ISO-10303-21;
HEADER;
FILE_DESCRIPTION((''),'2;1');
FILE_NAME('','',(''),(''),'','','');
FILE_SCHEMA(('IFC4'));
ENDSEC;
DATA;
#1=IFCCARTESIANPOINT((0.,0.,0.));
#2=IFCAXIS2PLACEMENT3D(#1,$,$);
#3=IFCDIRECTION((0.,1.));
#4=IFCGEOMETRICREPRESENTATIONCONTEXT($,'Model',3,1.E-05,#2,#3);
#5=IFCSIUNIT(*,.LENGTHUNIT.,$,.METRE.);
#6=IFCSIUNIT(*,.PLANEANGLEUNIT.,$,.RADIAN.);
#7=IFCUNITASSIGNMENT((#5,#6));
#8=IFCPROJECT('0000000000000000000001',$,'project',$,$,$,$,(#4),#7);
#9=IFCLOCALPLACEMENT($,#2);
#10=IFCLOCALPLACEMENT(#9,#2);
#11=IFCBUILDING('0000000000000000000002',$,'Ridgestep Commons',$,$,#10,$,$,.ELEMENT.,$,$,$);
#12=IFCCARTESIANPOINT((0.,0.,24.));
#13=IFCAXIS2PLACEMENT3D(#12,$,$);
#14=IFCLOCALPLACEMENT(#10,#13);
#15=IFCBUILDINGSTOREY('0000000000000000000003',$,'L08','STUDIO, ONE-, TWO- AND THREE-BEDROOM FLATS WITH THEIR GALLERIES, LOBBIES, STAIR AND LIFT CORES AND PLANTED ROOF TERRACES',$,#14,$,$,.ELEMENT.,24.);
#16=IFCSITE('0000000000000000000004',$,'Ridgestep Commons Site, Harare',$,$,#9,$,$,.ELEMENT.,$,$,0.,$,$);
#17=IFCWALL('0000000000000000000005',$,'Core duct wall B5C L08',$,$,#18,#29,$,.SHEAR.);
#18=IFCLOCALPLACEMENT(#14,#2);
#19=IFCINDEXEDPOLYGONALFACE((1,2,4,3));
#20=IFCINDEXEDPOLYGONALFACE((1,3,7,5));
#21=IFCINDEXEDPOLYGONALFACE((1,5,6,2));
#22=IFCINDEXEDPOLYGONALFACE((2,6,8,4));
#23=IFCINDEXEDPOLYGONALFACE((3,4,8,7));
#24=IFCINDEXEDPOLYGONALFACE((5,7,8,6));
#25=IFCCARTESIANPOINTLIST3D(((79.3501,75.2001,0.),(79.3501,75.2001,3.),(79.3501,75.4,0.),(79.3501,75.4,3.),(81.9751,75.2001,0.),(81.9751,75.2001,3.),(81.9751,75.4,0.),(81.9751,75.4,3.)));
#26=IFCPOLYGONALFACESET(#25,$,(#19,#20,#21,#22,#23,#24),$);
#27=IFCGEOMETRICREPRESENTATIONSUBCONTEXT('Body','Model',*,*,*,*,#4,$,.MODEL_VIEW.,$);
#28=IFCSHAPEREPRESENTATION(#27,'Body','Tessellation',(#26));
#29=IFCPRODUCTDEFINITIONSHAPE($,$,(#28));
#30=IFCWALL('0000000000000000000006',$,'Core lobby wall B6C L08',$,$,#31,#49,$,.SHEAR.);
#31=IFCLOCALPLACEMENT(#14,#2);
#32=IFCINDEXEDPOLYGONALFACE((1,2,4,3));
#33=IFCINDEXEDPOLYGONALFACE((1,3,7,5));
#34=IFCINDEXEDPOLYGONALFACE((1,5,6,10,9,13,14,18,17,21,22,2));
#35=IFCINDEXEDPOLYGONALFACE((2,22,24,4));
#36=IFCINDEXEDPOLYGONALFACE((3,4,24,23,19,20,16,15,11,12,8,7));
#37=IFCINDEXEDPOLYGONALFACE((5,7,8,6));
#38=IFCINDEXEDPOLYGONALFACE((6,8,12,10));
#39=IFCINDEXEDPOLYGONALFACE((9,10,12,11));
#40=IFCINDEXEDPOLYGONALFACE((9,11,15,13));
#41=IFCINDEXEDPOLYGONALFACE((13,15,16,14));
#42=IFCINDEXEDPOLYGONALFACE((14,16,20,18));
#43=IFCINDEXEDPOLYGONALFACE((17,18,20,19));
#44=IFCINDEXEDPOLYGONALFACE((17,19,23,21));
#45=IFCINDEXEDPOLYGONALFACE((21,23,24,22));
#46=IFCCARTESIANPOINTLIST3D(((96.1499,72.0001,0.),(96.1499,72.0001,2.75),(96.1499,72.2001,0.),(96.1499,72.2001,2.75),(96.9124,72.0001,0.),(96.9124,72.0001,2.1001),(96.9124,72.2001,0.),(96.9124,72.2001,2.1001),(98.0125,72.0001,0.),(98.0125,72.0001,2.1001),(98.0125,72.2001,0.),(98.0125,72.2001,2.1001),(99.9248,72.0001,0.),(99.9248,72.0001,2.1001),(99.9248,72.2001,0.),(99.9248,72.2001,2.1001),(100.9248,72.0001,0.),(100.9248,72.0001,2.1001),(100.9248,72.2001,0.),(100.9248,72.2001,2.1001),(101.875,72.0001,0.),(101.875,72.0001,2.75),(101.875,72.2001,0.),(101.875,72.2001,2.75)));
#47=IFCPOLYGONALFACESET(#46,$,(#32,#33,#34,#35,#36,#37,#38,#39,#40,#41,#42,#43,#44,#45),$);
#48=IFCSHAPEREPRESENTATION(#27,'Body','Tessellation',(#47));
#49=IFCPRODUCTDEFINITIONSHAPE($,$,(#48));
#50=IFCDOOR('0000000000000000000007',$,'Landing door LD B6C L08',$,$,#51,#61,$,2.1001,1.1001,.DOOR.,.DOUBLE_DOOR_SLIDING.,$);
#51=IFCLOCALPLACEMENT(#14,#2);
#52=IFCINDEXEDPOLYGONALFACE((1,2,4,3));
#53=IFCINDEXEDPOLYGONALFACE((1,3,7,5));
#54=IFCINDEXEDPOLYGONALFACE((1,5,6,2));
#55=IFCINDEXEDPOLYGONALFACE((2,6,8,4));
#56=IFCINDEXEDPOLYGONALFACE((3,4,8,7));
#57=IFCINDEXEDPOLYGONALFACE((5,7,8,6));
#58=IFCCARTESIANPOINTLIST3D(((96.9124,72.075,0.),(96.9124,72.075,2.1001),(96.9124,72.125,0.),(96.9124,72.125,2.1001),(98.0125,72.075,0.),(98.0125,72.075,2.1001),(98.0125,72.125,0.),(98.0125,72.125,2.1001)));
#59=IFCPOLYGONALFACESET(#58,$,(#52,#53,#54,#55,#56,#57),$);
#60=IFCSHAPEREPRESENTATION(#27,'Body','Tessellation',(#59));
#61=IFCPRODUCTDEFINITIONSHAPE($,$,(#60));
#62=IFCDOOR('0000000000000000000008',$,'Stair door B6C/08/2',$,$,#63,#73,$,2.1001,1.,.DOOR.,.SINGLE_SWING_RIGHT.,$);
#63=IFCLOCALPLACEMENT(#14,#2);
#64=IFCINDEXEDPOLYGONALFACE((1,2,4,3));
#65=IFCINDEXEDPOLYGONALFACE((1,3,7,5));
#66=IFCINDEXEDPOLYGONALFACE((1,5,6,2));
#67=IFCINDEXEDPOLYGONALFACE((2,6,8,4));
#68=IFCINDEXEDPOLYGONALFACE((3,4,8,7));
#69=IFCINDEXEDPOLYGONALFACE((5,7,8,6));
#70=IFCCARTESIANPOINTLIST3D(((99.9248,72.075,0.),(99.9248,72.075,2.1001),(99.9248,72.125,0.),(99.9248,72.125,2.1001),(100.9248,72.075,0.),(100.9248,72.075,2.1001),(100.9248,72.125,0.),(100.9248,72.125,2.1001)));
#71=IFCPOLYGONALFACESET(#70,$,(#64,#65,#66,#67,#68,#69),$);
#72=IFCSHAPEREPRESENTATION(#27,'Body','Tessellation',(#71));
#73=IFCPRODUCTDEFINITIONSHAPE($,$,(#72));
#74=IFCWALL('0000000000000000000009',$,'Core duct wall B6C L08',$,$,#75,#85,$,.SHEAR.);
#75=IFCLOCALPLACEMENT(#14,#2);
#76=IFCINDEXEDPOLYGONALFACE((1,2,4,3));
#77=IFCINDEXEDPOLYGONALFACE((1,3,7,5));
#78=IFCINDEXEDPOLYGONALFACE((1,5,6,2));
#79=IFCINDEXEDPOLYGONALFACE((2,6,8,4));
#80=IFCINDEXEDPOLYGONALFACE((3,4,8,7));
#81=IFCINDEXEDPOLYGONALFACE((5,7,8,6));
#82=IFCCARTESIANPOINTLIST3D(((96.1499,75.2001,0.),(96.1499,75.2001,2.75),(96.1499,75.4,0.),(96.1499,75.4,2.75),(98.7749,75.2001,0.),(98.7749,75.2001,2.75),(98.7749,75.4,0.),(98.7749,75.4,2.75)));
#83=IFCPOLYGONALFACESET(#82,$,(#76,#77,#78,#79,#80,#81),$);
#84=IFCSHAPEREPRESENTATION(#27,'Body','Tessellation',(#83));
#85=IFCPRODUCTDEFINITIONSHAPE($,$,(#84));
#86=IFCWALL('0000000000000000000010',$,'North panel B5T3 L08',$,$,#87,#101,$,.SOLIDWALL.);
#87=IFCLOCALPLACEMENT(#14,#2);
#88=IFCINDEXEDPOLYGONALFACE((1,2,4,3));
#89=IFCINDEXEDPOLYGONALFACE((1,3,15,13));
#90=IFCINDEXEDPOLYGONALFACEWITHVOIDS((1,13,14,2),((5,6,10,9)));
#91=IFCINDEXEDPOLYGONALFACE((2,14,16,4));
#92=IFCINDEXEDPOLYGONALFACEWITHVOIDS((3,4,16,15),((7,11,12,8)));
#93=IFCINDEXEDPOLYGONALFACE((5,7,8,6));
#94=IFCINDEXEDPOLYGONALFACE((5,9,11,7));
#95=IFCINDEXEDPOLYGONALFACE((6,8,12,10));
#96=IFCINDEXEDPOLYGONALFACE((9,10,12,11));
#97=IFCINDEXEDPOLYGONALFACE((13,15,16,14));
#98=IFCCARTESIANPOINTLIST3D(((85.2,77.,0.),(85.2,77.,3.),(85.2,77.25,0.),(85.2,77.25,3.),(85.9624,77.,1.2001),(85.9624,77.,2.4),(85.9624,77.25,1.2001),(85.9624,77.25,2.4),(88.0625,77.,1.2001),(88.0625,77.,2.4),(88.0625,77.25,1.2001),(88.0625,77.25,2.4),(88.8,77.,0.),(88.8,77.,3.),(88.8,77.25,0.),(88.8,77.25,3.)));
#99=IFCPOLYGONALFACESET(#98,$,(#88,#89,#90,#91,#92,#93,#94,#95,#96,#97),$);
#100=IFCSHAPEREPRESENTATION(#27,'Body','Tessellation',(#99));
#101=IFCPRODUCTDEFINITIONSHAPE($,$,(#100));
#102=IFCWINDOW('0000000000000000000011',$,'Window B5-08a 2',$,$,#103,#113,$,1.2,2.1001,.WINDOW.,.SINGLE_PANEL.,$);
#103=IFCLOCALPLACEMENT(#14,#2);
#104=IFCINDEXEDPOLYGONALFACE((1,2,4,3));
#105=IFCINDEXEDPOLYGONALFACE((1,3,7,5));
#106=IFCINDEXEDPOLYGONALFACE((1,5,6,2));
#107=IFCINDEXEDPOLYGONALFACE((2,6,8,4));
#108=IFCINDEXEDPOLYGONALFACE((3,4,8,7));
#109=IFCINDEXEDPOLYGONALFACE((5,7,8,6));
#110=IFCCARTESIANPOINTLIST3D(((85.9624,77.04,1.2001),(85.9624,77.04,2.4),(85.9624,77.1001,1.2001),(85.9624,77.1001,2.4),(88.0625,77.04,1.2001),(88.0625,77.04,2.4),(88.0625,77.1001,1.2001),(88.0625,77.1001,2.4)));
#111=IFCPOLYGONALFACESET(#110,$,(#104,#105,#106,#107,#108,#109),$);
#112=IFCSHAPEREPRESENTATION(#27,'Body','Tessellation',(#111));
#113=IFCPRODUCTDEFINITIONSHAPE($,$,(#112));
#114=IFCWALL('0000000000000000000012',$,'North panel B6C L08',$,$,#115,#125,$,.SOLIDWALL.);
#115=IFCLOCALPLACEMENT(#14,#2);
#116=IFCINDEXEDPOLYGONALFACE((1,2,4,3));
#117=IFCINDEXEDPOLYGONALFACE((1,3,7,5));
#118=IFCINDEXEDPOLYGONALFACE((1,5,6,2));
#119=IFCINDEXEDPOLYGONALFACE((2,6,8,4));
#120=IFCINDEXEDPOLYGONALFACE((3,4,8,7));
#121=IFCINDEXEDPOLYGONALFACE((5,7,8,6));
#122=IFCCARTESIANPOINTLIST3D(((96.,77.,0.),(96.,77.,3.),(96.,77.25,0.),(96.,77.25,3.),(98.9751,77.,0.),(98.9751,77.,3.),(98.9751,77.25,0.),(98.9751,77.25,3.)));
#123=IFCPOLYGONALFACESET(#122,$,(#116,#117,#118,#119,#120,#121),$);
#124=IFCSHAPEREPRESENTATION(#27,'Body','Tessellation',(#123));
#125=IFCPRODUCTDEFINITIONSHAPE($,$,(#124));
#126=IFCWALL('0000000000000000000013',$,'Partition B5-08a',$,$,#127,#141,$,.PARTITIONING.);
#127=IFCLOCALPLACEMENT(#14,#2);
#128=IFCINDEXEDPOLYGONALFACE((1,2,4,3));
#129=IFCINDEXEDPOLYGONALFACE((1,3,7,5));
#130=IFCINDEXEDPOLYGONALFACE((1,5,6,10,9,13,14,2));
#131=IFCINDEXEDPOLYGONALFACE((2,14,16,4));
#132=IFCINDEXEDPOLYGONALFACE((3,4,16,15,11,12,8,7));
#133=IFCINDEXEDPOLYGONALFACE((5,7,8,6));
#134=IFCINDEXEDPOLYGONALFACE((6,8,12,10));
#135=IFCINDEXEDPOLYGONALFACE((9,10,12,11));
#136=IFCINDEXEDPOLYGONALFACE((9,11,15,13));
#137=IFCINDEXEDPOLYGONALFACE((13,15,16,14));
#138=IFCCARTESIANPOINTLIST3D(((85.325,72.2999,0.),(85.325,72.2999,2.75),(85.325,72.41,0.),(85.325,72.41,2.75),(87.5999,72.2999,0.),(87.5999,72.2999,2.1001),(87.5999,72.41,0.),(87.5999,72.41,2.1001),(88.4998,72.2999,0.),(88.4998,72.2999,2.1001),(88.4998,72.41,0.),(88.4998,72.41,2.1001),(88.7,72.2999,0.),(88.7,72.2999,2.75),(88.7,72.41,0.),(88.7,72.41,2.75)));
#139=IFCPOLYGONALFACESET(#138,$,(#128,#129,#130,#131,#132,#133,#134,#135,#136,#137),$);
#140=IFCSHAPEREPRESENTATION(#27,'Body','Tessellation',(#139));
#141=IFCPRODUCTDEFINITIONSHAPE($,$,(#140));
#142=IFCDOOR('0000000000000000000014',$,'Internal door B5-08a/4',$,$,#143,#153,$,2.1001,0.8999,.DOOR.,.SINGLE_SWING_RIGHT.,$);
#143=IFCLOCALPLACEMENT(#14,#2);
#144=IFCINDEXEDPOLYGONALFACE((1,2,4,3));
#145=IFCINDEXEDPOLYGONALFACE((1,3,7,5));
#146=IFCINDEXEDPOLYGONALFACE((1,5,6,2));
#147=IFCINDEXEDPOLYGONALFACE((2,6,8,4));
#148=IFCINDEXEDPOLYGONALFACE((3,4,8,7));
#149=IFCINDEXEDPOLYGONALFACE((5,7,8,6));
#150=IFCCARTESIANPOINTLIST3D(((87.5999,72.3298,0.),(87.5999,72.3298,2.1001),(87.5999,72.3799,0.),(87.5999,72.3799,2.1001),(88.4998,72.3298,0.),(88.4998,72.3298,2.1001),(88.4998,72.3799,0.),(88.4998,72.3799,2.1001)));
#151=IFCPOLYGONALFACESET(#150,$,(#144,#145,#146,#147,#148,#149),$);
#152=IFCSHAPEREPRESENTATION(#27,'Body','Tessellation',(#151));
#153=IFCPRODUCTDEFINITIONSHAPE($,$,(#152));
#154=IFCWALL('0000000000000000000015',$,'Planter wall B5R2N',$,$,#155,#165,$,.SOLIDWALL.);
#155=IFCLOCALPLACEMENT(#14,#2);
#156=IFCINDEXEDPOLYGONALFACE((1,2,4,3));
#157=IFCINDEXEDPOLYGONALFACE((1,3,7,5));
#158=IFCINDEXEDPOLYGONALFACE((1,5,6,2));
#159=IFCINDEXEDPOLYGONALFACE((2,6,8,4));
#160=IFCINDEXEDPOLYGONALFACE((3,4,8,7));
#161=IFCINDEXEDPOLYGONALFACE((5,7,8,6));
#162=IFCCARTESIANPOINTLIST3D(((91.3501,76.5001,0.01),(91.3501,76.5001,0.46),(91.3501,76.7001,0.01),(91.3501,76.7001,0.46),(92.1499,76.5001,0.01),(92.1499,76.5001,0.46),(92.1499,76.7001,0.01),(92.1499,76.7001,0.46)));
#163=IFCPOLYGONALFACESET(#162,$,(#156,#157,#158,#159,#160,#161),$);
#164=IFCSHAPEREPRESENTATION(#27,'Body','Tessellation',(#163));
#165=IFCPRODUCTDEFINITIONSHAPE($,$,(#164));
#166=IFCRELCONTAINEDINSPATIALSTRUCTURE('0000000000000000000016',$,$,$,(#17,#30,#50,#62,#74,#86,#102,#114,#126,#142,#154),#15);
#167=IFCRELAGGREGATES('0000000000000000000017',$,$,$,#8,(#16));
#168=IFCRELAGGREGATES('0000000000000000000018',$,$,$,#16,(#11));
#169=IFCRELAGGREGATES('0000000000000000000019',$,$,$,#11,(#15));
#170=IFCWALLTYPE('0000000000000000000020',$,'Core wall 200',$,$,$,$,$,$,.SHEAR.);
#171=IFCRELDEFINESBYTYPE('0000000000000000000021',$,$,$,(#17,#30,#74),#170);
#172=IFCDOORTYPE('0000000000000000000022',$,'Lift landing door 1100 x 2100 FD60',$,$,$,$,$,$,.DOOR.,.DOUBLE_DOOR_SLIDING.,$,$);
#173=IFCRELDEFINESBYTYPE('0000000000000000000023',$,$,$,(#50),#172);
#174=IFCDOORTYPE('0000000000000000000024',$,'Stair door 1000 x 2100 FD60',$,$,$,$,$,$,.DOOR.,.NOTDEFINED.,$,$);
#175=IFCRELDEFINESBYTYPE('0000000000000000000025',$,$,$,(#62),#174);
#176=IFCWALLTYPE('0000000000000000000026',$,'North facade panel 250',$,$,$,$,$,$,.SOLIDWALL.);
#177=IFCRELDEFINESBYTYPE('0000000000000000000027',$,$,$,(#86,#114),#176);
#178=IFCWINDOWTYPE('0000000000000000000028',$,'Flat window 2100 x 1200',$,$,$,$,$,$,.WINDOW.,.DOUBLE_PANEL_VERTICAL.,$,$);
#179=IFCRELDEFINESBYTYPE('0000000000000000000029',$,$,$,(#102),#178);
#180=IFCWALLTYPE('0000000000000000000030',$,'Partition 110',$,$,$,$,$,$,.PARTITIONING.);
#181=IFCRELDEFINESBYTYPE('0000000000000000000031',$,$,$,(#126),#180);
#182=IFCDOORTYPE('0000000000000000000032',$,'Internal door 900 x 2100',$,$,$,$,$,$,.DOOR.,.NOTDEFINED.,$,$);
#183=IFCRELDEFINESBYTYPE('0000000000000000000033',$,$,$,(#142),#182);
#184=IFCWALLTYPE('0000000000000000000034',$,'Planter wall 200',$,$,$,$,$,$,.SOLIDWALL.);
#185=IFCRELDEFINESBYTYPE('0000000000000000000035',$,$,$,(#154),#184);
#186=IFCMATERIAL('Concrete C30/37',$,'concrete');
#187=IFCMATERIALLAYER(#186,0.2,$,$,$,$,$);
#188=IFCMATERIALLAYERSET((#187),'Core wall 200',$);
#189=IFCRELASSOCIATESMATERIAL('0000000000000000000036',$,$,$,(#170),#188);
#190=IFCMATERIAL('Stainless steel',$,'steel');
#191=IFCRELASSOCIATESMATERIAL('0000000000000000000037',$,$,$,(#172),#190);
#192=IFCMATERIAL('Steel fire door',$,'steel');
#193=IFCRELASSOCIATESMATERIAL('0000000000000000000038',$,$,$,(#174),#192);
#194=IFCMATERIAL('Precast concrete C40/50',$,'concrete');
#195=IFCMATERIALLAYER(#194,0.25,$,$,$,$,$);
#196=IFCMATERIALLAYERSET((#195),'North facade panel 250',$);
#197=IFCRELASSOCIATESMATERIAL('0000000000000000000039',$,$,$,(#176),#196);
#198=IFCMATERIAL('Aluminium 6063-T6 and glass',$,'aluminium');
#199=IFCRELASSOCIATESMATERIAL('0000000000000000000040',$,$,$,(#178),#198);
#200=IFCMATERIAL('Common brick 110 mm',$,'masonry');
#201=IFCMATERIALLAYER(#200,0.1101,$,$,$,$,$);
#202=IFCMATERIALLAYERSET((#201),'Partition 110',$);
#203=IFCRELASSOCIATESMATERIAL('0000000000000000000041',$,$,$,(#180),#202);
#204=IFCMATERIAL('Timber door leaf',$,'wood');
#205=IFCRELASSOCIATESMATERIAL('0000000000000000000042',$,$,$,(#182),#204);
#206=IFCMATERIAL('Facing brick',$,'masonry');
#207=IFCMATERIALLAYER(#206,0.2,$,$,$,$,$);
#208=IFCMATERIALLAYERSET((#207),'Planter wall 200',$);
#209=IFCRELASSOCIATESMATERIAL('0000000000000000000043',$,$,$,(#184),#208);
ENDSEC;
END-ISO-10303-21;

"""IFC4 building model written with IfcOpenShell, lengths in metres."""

from ifc_helpers import new_model, si_unit, direction, frame, frame_2d, origin, place, context, subcontext, project, spatial, rectangle, extrude, material, layer, layer_set, type_object, element, fill, save


model = new_model("IFC4")

# Units and contexts
model_context = context("Model", 3, precision=1e-05, world=origin(), true_north=direction((0.0, 1.0)))
body_context = subcontext(model_context, "Body", "Model", "MODEL_VIEW")
ifc_project = project(units=[si_unit("LENGTHUNIT", "METRE"), si_unit("PLANEANGLEUNIT", "RADIAN")], contexts=[model_context])

# Site, building, storey
site_placement = place(None, origin())
site = spatial("IfcSite", under=ifc_project, at=site_placement, Name="Ridgestep Commons Site, Harare", CompositionType="ELEMENT", RefElevation=0.0)
building_placement = place(site_placement, origin())
building = spatial("IfcBuilding", under=site, at=building_placement, Name="Ridgestep Commons", CompositionType="ELEMENT")
storey_placement = place(building_placement, frame((0.0, 0.0, 24.0)))
storey = spatial("IfcBuildingStorey", under=building, at=storey_placement, Name="L08", Description="STUDIO, ONE-, TWO- AND THREE-BEDROOM FLATS WITH THEIR GALLERIES, LOBBIES, STAIR AND LIFT CORES AND PLANTED ROOF TERRACES", CompositionType="ELEMENT", Elevation=24.0)

# Wall
ifc_material_1 = material(Name="Concrete C30/37", Category="concrete")
ifc_layer_1 = layer(ifc_material_1, 0.2)
ifc_layer_set_1 = layer_set([ifc_layer_1], Name="Core wall 200")
wall_type_1 = type_object("IfcWallType", Name="Core wall 200", PredefinedType="SHEAR", material=ifc_layer_set_1)
wall_1_placement = place(storey_placement, frame((79.3501, 75.3, 0.0), z_axis=(0.0, 0.0, 1.0), x_axis=(1.0, 0.0, 0.0)))
element("IfcWall", 1, at=wall_1_placement, inside=storey, type_object=wall_type_1, Name="Core duct wall B5C L08", PredefinedType="SHEAR", context=body_context, shape_type="SweptSolid", body=[
    extrude(rectangle(XDim=2.625, YDim=0.2, at=frame_2d((1.3125, 0.0))), origin(), (0.0, 0.0, 1.0), 3.0),
])

# Wall, openings, doors
wall_2_placement = place(storey_placement, frame((96.1499, 72.1001, 0.0), z_axis=(0.0, 0.0, 1.0), x_axis=(1.0, 0.0, 0.0)))
wall_2 = element("IfcWall", 2, at=wall_2_placement, inside=storey, type_object=wall_type_1, Name="Core lobby wall B6C L08", PredefinedType="SHEAR", context=body_context, shape_type="SweptSolid", body=[
    extrude(rectangle(XDim=5.7251, YDim=0.2, at=frame_2d((2.8625, 0.0))), origin(), (0.0, 0.0, 1.0), 2.75),
])
opening_1_placement = place(wall_2_placement, frame((3.7749, 0.0, 0.0)))
opening_1 = element("IfcOpeningElement", 3, at=opening_1_placement, cuts=wall_2, PredefinedType="OPENING", context=body_context, shape_type="SweptSolid", body=[
    extrude(rectangle(XDim=1.0, YDim=2.1001, at=frame_2d((0.5, 1.05))), frame((0.0, 0.1099, 0.0), z_axis=(0.0, -1.0, 0.0), x_axis=(1.0, 0.0, 0.0)), (0.0, 0.0, 1.0), 0.22),
])
opening_2_placement = place(wall_2_placement, frame((0.7625, 0.0, 0.0)))
opening_2 = element("IfcOpeningElement", 4, at=opening_2_placement, cuts=wall_2, PredefinedType="OPENING", context=body_context, shape_type="SweptSolid", body=[
    extrude(rectangle(XDim=1.1001, YDim=2.1001, at=frame_2d((0.55, 1.05))), frame((0.0, 0.1099, 0.0), z_axis=(0.0, -1.0, 0.0), x_axis=(1.0, 0.0, 0.0)), (0.0, 0.0, 1.0), 0.22),
])
ifc_material_2 = material(Name="Stainless steel", Category="steel")
door_type_1 = type_object("IfcDoorType", Name="Lift landing door 1100 x 2100 FD60", OperationType="DOUBLE_DOOR_SLIDING", PredefinedType="DOOR", material=ifc_material_2)
door_1_placement = place(opening_2_placement, origin())
door_1 = element("IfcDoor", 5, at=door_1_placement, inside=storey, type_object=door_type_1, Name="Landing door LD B6C L08", OperationType="DOUBLE_DOOR_SLIDING", OverallHeight=2.1001, OverallWidth=1.1001, PredefinedType="DOOR", context=body_context, shape_type="SweptSolid", body=[
    extrude(rectangle(XDim=1.1001, YDim=2.1001, at=frame_2d((0.55, 1.05))), frame((0.0, 0.0249, 0.0), z_axis=(0.0, -1.0, 0.0), x_axis=(1.0, 0.0, 0.0)), (0.0, 0.0, 1.0), 0.05),
])
fill(opening_2, door_1)
ifc_material_3 = material(Name="Steel fire door", Category="steel")
door_type_2 = type_object("IfcDoorType", Name="Stair door 1000 x 2100 FD60", OperationType="NOTDEFINED", PredefinedType="DOOR", material=ifc_material_3)
door_2_placement = place(opening_1_placement, origin())
door_2 = element("IfcDoor", 6, at=door_2_placement, inside=storey, type_object=door_type_2, Name="Stair door B6C/08/2", OperationType="SINGLE_SWING_RIGHT", OverallHeight=2.1001, OverallWidth=1.0, PredefinedType="DOOR", context=body_context, shape_type="SweptSolid", body=[
    extrude(rectangle(XDim=1.0, YDim=2.1001, at=frame_2d((0.5, 1.05))), frame((0.0, 0.0249, 0.0), z_axis=(0.0, -1.0, 0.0), x_axis=(1.0, 0.0, 0.0)), (0.0, 0.0, 1.0), 0.05),
])
fill(opening_1, door_2)

# Wall
wall_3_placement = place(storey_placement, frame((96.1499, 75.3, 0.0), z_axis=(0.0, 0.0, 1.0), x_axis=(1.0, 0.0, 0.0)))
element("IfcWall", 7, at=wall_3_placement, inside=storey, type_object=wall_type_1, Name="Core duct wall B6C L08", PredefinedType="SHEAR", context=body_context, shape_type="SweptSolid", body=[
    extrude(rectangle(XDim=2.625, YDim=0.2, at=frame_2d((1.3125, 0.0))), origin(), (0.0, 0.0, 1.0), 2.75),
])

# Wall, opening, window
ifc_material_4 = material(Name="Precast concrete C40/50", Category="concrete")
ifc_layer_2 = layer(ifc_material_4, 0.25)
ifc_layer_set_2 = layer_set([ifc_layer_2], Name="North facade panel 250")
wall_type_2 = type_object("IfcWallType", Name="North facade panel 250", PredefinedType="SOLIDWALL", material=ifc_layer_set_2)
wall_4_placement = place(storey_placement, frame((85.2, 77.125, 0.0), z_axis=(0.0, 0.0, 1.0), x_axis=(1.0, 0.0, 0.0)))
wall_4 = element("IfcWall", 8, at=wall_4_placement, inside=storey, type_object=wall_type_2, Name="North panel B5T3 L08", PredefinedType="SOLIDWALL", context=body_context, shape_type="SweptSolid", body=[
    extrude(rectangle(XDim=3.6001, YDim=0.25, at=frame_2d((1.8, 0.0))), origin(), (0.0, 0.0, 1.0), 3.0),
])
opening_3_placement = place(wall_4_placement, frame((0.7625, 0.0, 1.2)))
opening_3 = element("IfcOpeningElement", 9, at=opening_3_placement, cuts=wall_4, PredefinedType="OPENING", context=body_context, shape_type="SweptSolid", body=[
    extrude(rectangle(XDim=2.1001, YDim=1.2, at=frame_2d((1.05, 0.6001))), frame((0.0, 0.135, 0.0), z_axis=(0.0, -1.0, 0.0), x_axis=(1.0, 0.0, 0.0)), (0.0, 0.0, 1.0), 0.27),
])
ifc_material_5 = material(Name="Aluminium 6063-T6 and glass", Category="aluminium")
window_type = type_object("IfcWindowType", Name="Flat window 2100 x 1200", PartitioningType="DOUBLE_PANEL_VERTICAL", PredefinedType="WINDOW", material=ifc_material_5)
window_placement = place(opening_3_placement, origin())
window = element("IfcWindow", 10, at=window_placement, inside=storey, type_object=window_type, Name="Window B5-08a 2", OverallHeight=1.2, OverallWidth=2.1001, PartitioningType="SINGLE_PANEL", PredefinedType="WINDOW", context=body_context, shape_type="SweptSolid", body=[
    extrude(rectangle(XDim=2.1001, YDim=1.2, at=frame_2d((1.05, 0.6001))), frame((0.0, -0.0249, 0.0), z_axis=(0.0, -1.0, 0.0), x_axis=(1.0, 0.0, 0.0)), (0.0, 0.0, 1.0), 0.0601),
])
fill(opening_3, window)

# Wall
wall_5_placement = place(storey_placement, frame((96.0, 77.125, 0.0), z_axis=(0.0, 0.0, 1.0), x_axis=(1.0, 0.0, 0.0)))
element("IfcWall", 11, at=wall_5_placement, inside=storey, type_object=wall_type_2, Name="North panel B6C L08", PredefinedType="SOLIDWALL", context=body_context, shape_type="SweptSolid", body=[
    extrude(rectangle(XDim=2.9751, YDim=0.25, at=frame_2d((1.4875, 0.0))), origin(), (0.0, 0.0, 1.0), 3.0),
])

# Wall, opening, door
ifc_material_6 = material(Name="Common brick 110 mm", Category="masonry")
ifc_layer_3 = layer(ifc_material_6, 0.1101)
ifc_layer_set_3 = layer_set([ifc_layer_3], Name="Partition 110")
wall_type_3 = type_object("IfcWallType", Name="Partition 110", PredefinedType="PARTITIONING", material=ifc_layer_set_3)
wall_6_placement = place(storey_placement, frame((85.325, 72.355, 0.0), z_axis=(0.0, 0.0, 1.0), x_axis=(1.0, 0.0, 0.0)))
wall_6 = element("IfcWall", 12, at=wall_6_placement, inside=storey, type_object=wall_type_3, Name="Partition B5-08a", PredefinedType="PARTITIONING", context=body_context, shape_type="SweptSolid", body=[
    extrude(rectangle(XDim=3.375, YDim=0.1101, at=frame_2d((1.6875, 0.0))), origin(), (0.0, 0.0, 1.0), 2.75),
])
opening_4_placement = place(wall_6_placement, frame((2.2749, 0.0, 0.0)))
opening_4 = element("IfcOpeningElement", 13, at=opening_4_placement, cuts=wall_6, PredefinedType="OPENING", context=body_context, shape_type="SweptSolid", body=[
    extrude(rectangle(XDim=0.8999, YDim=2.1001, at=frame_2d((0.45, 1.05))), frame((0.0, 0.0649, 0.0), z_axis=(0.0, -1.0, 0.0), x_axis=(1.0, 0.0, 0.0)), (0.0, 0.0, 1.0), 0.1301),
])
ifc_material_7 = material(Name="Timber door leaf", Category="wood")
door_type_3 = type_object("IfcDoorType", Name="Internal door 900 x 2100", OperationType="NOTDEFINED", PredefinedType="DOOR", material=ifc_material_7)
door_3_placement = place(opening_4_placement, origin())
door_3 = element("IfcDoor", 14, at=door_3_placement, inside=storey, type_object=door_type_3, Name="Internal door B5-08a/4", OperationType="SINGLE_SWING_RIGHT", OverallHeight=2.1001, OverallWidth=0.8999, PredefinedType="DOOR", context=body_context, shape_type="SweptSolid", body=[
    extrude(rectangle(XDim=0.8999, YDim=2.1001, at=frame_2d((0.45, 1.05))), frame((0.0, 0.0249, 0.0), z_axis=(0.0, -1.0, 0.0), x_axis=(1.0, 0.0, 0.0)), (0.0, 0.0, 1.0), 0.05),
])
fill(opening_4, door_3)

# Wall
ifc_material_8 = material(Name="Facing brick", Category="masonry")
ifc_layer_4 = layer(ifc_material_8, 0.2)
ifc_layer_set_4 = layer_set([ifc_layer_4], Name="Planter wall 200")
wall_type_4 = type_object("IfcWallType", Name="Planter wall 200", PredefinedType="SOLIDWALL", material=ifc_layer_set_4)
wall_7_placement = place(storey_placement, frame((91.3501, 76.6001, 0.01), z_axis=(0.0, 0.0, 1.0), x_axis=(1.0, 0.0, 0.0)))
element("IfcWall", 15, at=wall_7_placement, inside=storey, type_object=wall_type_4, Name="Planter wall B5R2N", PredefinedType="SOLIDWALL", context=body_context, shape_type="SweptSolid", body=[
    extrude(rectangle(XDim=0.7998, YDim=0.2, at=frame_2d((0.3999, 0.0))), origin(), (0.0, 0.0, 1.0), 0.45),
])

save(model, "model.ifc")
